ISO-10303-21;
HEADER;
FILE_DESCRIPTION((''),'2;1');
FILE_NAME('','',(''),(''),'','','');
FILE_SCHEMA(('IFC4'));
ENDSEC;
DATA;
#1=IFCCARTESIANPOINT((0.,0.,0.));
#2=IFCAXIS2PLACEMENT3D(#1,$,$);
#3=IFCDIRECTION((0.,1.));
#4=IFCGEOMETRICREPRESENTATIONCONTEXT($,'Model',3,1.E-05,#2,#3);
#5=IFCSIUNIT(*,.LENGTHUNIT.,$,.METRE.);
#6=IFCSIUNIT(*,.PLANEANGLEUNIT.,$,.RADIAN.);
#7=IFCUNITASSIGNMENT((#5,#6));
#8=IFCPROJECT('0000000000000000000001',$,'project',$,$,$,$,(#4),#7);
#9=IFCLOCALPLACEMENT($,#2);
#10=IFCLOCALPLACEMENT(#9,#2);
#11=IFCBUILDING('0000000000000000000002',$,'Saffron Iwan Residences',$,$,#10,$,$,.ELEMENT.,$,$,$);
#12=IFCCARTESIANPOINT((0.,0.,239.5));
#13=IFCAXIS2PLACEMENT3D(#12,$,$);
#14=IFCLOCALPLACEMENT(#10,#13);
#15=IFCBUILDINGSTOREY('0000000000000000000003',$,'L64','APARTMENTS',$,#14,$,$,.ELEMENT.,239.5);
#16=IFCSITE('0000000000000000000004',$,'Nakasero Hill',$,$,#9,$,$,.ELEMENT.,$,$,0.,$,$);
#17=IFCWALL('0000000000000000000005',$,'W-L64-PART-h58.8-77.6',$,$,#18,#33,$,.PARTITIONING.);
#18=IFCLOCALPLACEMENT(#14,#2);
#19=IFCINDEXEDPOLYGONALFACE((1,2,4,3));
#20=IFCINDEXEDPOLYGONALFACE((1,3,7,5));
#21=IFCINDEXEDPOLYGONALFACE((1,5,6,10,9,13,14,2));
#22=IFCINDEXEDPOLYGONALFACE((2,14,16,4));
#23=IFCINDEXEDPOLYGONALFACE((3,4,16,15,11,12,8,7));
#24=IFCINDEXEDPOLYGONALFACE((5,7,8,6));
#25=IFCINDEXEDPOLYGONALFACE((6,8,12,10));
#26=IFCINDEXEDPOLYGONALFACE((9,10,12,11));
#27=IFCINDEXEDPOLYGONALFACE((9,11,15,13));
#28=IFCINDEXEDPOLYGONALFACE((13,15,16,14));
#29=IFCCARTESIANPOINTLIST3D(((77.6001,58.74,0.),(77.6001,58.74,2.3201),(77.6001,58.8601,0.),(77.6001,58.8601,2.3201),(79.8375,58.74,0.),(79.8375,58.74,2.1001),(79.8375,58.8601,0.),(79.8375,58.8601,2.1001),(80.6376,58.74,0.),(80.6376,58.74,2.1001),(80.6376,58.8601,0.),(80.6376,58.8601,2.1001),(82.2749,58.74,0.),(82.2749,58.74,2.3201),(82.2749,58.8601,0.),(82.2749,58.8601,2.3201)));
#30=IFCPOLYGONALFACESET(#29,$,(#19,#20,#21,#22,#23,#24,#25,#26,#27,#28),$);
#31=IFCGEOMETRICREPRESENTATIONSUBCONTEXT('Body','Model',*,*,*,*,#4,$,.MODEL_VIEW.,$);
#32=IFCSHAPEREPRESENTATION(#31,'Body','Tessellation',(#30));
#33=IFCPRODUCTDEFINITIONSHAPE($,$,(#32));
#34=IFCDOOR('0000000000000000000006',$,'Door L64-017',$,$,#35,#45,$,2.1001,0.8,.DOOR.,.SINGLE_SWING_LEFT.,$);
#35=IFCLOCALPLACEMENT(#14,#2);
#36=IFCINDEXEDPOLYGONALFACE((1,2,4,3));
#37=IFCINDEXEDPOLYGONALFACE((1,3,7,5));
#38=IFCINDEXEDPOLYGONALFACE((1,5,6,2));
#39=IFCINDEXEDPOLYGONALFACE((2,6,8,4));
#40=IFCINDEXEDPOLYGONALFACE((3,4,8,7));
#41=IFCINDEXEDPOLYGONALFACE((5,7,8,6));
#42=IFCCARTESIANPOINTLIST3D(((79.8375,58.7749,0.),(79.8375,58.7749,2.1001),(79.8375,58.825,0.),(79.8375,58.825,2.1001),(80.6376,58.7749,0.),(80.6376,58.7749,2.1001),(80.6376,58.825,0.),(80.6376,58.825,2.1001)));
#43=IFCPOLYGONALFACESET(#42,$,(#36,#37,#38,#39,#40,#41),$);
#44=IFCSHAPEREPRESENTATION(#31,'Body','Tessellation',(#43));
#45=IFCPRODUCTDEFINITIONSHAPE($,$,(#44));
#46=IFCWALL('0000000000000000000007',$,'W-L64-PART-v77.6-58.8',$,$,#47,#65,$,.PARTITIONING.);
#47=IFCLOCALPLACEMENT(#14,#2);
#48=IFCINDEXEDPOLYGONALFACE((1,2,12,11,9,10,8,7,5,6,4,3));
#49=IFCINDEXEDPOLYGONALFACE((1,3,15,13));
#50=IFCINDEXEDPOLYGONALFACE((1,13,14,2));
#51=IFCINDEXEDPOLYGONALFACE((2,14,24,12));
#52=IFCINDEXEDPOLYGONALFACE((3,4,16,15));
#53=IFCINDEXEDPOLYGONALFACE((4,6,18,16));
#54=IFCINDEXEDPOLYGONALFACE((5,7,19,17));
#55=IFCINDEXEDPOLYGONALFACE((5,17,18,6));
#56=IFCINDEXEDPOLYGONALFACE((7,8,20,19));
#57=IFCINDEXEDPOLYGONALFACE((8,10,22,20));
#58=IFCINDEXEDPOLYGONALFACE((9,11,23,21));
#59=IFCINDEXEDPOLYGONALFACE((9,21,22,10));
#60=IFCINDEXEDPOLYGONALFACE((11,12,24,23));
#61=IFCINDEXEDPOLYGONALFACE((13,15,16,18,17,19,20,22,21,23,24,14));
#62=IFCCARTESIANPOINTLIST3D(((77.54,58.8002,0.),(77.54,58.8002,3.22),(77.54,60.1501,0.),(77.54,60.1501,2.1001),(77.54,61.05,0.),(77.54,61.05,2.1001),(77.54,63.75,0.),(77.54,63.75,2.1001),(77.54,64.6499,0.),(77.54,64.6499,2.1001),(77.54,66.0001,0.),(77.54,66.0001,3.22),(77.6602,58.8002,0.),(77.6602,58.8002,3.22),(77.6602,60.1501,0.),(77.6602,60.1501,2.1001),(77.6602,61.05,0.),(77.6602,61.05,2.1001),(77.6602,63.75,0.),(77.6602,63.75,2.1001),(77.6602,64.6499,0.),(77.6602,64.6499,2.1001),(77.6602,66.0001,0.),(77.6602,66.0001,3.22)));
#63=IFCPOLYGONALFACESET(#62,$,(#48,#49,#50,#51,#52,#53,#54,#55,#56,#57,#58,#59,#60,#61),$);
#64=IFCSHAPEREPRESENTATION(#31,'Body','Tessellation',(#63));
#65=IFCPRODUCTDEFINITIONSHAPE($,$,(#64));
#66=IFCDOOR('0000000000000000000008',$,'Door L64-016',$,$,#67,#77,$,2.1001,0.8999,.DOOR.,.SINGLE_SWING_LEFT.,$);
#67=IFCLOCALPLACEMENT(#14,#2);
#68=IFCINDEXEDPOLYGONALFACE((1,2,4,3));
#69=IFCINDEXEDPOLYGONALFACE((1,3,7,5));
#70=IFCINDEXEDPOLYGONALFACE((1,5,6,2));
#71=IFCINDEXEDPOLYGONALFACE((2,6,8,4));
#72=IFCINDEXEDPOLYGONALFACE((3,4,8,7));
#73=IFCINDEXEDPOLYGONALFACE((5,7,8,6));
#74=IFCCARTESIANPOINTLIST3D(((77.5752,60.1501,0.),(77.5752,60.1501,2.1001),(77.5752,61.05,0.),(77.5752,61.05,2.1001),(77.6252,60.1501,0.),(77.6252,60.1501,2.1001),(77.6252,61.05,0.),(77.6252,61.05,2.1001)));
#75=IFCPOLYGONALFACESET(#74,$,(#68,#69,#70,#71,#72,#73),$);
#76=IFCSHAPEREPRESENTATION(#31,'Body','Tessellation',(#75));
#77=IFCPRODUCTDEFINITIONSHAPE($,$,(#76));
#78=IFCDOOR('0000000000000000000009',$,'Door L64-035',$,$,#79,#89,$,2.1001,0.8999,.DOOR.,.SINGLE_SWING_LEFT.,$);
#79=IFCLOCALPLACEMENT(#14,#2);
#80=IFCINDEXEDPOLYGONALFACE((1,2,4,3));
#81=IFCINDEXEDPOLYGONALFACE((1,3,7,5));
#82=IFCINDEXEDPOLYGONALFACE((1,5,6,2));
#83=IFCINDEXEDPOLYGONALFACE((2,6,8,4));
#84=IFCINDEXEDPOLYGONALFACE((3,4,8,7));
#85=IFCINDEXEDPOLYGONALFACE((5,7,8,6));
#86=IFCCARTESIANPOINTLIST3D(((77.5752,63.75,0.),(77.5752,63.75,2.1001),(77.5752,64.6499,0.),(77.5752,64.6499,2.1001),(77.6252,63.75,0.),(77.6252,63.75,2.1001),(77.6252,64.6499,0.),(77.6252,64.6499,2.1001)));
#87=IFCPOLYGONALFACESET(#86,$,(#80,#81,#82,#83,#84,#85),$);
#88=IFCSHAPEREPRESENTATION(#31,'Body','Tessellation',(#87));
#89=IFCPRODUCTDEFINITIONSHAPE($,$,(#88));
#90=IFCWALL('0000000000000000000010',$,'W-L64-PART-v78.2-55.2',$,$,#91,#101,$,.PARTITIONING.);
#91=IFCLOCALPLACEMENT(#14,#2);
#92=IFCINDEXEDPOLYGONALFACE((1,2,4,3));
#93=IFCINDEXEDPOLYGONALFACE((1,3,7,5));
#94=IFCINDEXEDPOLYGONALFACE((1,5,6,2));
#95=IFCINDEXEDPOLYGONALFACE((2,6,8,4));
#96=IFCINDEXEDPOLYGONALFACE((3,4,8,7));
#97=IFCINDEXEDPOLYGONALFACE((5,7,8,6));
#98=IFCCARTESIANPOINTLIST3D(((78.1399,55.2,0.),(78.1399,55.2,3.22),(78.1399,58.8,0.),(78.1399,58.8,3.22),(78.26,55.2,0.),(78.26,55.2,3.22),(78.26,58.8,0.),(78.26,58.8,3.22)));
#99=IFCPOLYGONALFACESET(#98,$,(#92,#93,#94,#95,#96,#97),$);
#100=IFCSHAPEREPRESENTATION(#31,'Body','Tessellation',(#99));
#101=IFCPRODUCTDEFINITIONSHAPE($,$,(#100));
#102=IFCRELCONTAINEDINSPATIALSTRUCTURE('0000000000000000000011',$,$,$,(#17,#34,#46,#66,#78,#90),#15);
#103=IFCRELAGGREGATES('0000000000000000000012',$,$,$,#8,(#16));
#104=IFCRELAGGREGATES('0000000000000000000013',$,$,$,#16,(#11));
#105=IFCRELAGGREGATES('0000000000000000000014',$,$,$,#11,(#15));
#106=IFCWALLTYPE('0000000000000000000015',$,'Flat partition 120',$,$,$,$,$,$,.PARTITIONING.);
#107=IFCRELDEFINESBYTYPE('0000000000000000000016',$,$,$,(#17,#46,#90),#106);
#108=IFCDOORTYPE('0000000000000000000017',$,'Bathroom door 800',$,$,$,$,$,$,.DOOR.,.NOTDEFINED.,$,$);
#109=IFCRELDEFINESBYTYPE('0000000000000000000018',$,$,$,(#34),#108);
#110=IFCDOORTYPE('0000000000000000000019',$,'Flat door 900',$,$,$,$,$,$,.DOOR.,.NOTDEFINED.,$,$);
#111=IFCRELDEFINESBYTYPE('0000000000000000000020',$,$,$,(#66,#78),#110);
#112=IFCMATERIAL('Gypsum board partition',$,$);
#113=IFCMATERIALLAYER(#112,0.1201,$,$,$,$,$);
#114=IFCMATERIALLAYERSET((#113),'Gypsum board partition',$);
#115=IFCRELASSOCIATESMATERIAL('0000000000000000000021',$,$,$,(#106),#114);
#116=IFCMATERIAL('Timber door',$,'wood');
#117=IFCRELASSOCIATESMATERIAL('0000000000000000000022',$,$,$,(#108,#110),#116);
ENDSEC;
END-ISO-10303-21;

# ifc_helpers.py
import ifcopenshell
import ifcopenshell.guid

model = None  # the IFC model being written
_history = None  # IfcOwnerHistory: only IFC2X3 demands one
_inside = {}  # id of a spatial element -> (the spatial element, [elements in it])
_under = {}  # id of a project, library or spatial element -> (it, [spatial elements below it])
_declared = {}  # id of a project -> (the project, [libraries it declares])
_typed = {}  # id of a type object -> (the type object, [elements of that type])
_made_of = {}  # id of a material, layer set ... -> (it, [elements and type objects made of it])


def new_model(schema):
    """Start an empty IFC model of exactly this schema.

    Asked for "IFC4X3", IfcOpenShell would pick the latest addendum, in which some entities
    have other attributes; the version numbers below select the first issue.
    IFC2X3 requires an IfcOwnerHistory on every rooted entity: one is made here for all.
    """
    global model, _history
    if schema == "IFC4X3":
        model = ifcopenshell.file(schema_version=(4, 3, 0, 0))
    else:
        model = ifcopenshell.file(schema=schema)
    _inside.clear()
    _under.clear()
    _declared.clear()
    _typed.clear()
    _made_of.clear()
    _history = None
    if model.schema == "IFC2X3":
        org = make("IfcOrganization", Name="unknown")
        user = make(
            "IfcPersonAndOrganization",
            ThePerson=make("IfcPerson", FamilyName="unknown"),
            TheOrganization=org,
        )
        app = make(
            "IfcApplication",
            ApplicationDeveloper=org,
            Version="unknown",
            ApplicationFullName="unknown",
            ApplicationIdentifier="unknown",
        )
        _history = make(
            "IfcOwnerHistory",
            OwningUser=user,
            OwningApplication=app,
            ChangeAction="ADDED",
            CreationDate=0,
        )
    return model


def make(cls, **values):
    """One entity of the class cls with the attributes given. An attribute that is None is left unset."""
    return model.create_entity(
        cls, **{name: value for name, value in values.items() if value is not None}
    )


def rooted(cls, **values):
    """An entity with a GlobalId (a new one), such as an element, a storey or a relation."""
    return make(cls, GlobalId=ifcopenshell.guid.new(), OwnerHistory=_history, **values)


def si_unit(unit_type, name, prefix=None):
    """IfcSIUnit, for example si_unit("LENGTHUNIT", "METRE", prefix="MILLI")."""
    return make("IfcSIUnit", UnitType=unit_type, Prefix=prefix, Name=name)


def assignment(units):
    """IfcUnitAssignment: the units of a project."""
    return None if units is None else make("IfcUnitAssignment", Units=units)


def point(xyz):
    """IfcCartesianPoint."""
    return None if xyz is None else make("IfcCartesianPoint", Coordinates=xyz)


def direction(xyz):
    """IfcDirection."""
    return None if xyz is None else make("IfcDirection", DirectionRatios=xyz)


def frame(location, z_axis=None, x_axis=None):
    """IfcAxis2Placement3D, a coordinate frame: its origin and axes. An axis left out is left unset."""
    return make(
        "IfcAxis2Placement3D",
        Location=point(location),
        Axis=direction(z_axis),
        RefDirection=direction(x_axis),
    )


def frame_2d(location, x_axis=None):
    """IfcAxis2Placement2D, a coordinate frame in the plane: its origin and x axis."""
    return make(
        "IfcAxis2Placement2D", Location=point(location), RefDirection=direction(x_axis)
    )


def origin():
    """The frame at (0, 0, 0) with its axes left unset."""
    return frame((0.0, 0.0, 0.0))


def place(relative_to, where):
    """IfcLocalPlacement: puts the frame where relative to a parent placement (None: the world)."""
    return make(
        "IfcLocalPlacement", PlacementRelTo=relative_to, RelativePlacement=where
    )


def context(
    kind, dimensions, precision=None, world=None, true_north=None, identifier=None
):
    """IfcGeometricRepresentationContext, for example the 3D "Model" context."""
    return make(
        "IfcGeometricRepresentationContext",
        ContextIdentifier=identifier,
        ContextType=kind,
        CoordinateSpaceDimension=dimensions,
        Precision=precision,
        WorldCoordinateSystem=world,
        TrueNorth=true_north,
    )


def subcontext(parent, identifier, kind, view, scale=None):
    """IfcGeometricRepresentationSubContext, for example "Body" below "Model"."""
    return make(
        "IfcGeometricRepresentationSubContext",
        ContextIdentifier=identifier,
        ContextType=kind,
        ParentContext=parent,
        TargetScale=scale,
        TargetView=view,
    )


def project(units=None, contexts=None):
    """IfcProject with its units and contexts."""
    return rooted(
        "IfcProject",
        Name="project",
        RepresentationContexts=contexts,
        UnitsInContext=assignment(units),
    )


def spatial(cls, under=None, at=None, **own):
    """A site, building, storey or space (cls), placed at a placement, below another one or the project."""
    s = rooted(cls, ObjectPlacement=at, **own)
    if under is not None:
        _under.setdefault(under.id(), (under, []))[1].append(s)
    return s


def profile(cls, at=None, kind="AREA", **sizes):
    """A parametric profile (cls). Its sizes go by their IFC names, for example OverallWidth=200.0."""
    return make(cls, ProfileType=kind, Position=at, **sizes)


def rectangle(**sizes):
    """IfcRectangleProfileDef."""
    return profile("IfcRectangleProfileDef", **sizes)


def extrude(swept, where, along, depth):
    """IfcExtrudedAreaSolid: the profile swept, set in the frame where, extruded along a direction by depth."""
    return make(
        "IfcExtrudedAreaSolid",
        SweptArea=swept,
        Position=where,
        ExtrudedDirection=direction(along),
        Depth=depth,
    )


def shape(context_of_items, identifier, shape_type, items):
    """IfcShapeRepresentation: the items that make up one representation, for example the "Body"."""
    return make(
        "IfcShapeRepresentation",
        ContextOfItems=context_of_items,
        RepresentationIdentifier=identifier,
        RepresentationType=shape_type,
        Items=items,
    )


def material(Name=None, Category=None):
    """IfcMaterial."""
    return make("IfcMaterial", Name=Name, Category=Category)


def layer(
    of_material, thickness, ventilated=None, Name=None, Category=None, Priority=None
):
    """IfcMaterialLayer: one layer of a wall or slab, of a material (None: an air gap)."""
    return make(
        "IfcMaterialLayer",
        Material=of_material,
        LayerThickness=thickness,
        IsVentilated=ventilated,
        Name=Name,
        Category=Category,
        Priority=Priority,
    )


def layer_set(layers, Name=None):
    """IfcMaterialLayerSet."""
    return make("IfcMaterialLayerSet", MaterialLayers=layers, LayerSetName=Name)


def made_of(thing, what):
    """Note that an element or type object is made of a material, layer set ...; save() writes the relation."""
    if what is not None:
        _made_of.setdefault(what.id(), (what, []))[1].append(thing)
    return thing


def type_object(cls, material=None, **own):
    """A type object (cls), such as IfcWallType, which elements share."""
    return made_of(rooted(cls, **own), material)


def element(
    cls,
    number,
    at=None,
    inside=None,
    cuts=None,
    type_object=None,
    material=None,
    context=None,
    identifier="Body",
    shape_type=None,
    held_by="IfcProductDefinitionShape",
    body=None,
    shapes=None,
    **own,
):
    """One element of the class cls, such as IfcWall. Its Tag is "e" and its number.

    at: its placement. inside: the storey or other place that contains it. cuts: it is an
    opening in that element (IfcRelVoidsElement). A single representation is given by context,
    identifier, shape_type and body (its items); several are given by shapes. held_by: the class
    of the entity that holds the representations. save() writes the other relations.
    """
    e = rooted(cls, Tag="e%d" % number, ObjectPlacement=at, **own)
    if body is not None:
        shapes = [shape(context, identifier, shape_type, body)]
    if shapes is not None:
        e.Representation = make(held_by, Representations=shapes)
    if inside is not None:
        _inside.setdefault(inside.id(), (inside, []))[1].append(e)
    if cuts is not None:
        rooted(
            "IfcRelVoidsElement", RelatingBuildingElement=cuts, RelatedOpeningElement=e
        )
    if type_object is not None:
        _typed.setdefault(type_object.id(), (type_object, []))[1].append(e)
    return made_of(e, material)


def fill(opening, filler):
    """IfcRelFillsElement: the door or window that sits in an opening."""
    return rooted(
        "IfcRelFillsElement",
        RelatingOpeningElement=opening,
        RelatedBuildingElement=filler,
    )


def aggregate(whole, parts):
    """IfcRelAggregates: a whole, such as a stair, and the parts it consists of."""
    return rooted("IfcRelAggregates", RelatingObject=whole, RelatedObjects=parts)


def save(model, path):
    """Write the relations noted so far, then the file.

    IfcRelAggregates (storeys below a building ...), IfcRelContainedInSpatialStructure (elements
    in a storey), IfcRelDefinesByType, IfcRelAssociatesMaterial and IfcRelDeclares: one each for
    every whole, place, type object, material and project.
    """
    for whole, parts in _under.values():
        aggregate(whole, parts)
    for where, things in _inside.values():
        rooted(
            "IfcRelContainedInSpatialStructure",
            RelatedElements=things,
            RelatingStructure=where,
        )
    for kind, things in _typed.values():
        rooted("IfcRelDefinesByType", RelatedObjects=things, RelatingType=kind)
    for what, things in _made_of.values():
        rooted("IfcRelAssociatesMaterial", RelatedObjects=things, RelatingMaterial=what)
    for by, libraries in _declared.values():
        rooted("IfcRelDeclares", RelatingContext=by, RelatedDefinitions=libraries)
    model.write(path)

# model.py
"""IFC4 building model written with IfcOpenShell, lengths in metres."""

from ifc_helpers import new_model, si_unit, direction, frame, frame_2d, origin, place, context, subcontext, project, spatial, rectangle, extrude, material, layer, layer_set, type_object, element, fill, save


model = new_model("IFC4")

# Units and contexts
model_context = context("Model", 3, precision=1e-05, world=origin(), true_north=direction((0.0, 1.0)))
body_context = subcontext(model_context, "Body", "Model", "MODEL_VIEW")
ifc_project = project(units=[si_unit("LENGTHUNIT", "METRE"), si_unit("PLANEANGLEUNIT", "RADIAN")], contexts=[model_context])

# Site, building, storey
site_placement = place(None, origin())
site = spatial("IfcSite", under=ifc_project, at=site_placement, Name="Nakasero Hill", CompositionType="ELEMENT", RefElevation=0.0)
building_placement = place(site_placement, origin())
building = spatial("IfcBuilding", under=site, at=building_placement, Name="Saffron Iwan Residences", CompositionType="ELEMENT")
storey_placement = place(building_placement, frame((0.0, 0.0, 239.5)))
storey = spatial("IfcBuildingStorey", under=building, at=storey_placement, Name="L64", Description="APARTMENTS", CompositionType="ELEMENT", Elevation=239.5)

# Wall, opening, door
ifc_material_1 = material(Name="Gypsum board partition")
ifc_layer_1 = layer(ifc_material_1, 0.1201)
ifc_layer_set_1 = layer_set([ifc_layer_1], Name="Gypsum board partition")
wall_type_1 = type_object("IfcWallType", Name="Flat partition 120", PredefinedType="PARTITIONING", material=ifc_layer_set_1)
wall_1_placement = place(storey_placement, frame((77.6001, 58.8, 0.0), z_axis=(0.0, 0.0, 1.0), x_axis=(1.0, 0.0, 0.0)))
wall_1 = element("IfcWall", 1, at=wall_1_placement, inside=storey, type_object=wall_type_1, Name="W-L64-PART-h58.8-77.6", PredefinedType="PARTITIONING", context=body_context, shape_type="SweptSolid", body=[
    extrude(rectangle(XDim=4.6748, YDim=0.1201, at=frame_2d((2.3374, 0.0))), origin(), (0.0, 0.0, 1.0), 2.3201),
])
opening_1_placement = place(wall_1_placement, frame((2.2375, 0.0, 0.0)))
opening_1 = element("IfcOpeningElement", 2, at=opening_1_placement, cuts=wall_1, PredefinedType="OPENING", context=body_context, shape_type="SweptSolid", body=[
    extrude(rectangle(XDim=0.8, YDim=2.1001, at=frame_2d((0.3999, 1.05))), frame((0.0, 0.0701, 0.0), z_axis=(0.0, -1.0, 0.0), x_axis=(1.0, 0.0, 0.0)), (0.0, 0.0, 1.0), 0.1401),
])
ifc_material_2 = material(Name="Timber door", Category="wood")
door_type_1 = type_object("IfcDoorType", Name="Bathroom door 800", OperationType="NOTDEFINED", PredefinedType="DOOR", material=ifc_material_2)
door_1_placement = place(opening_1_placement, origin())
door_1 = element("IfcDoor", 3, at=door_1_placement, inside=storey, type_object=door_type_1, Name="Door L64-017", OperationType="SINGLE_SWING_LEFT", OverallHeight=2.1001, OverallWidth=0.8, PredefinedType="DOOR", context=body_context, shape_type="SweptSolid", body=[
    extrude(rectangle(XDim=0.8, YDim=2.1001, at=frame_2d((0.3999, 1.05))), frame((0.0, 0.0249, 0.0), z_axis=(0.0, -1.0, 0.0), x_axis=(1.0, 0.0, 0.0)), (0.0, 0.0, 1.0), 0.05),
])
fill(opening_1, door_1)

# Wall, openings, doors
wall_2_placement = place(storey_placement, frame((77.6001, 58.8, 0.0), z_axis=(0.0, 0.0, 1.0), x_axis=(0.0, 1.0, 0.0)))
wall_2 = element("IfcWall", 4, at=wall_2_placement, inside=storey, type_object=wall_type_1, Name="W-L64-PART-v77.6-58.8", PredefinedType="PARTITIONING", context=body_context, shape_type="SweptSolid", body=[
    extrude(rectangle(XDim=7.2, YDim=0.1201, at=frame_2d((3.6001, 0.0))), origin(), (0.0, 0.0, 1.0), 3.22),
])
opening_2_placement = place(wall_2_placement, frame((1.3501, 0.0, 0.0)))
opening_2 = element("IfcOpeningElement", 5, at=opening_2_placement, cuts=wall_2, PredefinedType="OPENING", context=body_context, shape_type="SweptSolid", body=[
    extrude(rectangle(XDim=0.8999, YDim=2.1001, at=frame_2d((0.45, 1.05))), frame((0.0, 0.0701, 0.0), z_axis=(0.0, -1.0, 0.0), x_axis=(1.0, 0.0, 0.0)), (0.0, 0.0, 1.0), 0.1401),
])
opening_3_placement = place(wall_2_placement, frame((4.95, 0.0, 0.0)))
opening_3 = element("IfcOpeningElement", 6, at=opening_3_placement, cuts=wall_2, PredefinedType="OPENING", context=body_context, shape_type="SweptSolid", body=[
    extrude(rectangle(XDim=0.8999, YDim=2.1001, at=frame_2d((0.45, 1.05))), frame((0.0, 0.0701, 0.0), z_axis=(0.0, -1.0, 0.0), x_axis=(1.0, 0.0, 0.0)), (0.0, 0.0, 1.0), 0.1401),
])
door_type_2 = type_object("IfcDoorType", Name="Flat door 900", OperationType="NOTDEFINED", PredefinedType="DOOR", material=ifc_material_2)
door_2_placement = place(opening_2_placement, origin())
door_2 = element("IfcDoor", 7, at=door_2_placement, inside=storey, type_object=door_type_2, Name="Door L64-016", OperationType="SINGLE_SWING_LEFT", OverallHeight=2.1001, OverallWidth=0.8999, PredefinedType="DOOR", context=body_context, shape_type="SweptSolid", body=[
    extrude(rectangle(XDim=0.8999, YDim=2.1001, at=frame_2d((0.45, 1.05))), frame((0.0, 0.0249, 0.0), z_axis=(0.0, -1.0, 0.0), x_axis=(1.0, 0.0, 0.0)), (0.0, 0.0, 1.0), 0.05),
])
fill(opening_2, door_2)
door_3_placement = place(opening_3_placement, origin())
door_3 = element("IfcDoor", 8, at=door_3_placement, inside=storey, type_object=door_type_2, Name="Door L64-035", OperationType="SINGLE_SWING_LEFT", OverallHeight=2.1001, OverallWidth=0.8999, PredefinedType="DOOR", context=body_context, shape_type="SweptSolid", body=[
    extrude(rectangle(XDim=0.8999, YDim=2.1001, at=frame_2d((0.45, 1.05))), frame((0.0, 0.0249, 0.0), z_axis=(0.0, -1.0, 0.0), x_axis=(1.0, 0.0, 0.0)), (0.0, 0.0, 1.0), 0.05),
])
fill(opening_3, door_3)

# Wall
wall_3_placement = place(storey_placement, frame((78.2, 55.2, 0.0), z_axis=(0.0, 0.0, 1.0), x_axis=(0.0, 1.0, 0.0)))
element("IfcWall", 9, at=wall_3_placement, inside=storey, type_object=wall_type_1, Name="W-L64-PART-v78.2-55.2", PredefinedType="PARTITIONING", context=body_context, shape_type="SweptSolid", body=[
    extrude(rectangle(XDim=3.6001, YDim=0.1201, at=frame_2d((1.8, 0.0))), origin(), (0.0, 0.0, 1.0), 3.22),
])

save(model, "model.ifc")
